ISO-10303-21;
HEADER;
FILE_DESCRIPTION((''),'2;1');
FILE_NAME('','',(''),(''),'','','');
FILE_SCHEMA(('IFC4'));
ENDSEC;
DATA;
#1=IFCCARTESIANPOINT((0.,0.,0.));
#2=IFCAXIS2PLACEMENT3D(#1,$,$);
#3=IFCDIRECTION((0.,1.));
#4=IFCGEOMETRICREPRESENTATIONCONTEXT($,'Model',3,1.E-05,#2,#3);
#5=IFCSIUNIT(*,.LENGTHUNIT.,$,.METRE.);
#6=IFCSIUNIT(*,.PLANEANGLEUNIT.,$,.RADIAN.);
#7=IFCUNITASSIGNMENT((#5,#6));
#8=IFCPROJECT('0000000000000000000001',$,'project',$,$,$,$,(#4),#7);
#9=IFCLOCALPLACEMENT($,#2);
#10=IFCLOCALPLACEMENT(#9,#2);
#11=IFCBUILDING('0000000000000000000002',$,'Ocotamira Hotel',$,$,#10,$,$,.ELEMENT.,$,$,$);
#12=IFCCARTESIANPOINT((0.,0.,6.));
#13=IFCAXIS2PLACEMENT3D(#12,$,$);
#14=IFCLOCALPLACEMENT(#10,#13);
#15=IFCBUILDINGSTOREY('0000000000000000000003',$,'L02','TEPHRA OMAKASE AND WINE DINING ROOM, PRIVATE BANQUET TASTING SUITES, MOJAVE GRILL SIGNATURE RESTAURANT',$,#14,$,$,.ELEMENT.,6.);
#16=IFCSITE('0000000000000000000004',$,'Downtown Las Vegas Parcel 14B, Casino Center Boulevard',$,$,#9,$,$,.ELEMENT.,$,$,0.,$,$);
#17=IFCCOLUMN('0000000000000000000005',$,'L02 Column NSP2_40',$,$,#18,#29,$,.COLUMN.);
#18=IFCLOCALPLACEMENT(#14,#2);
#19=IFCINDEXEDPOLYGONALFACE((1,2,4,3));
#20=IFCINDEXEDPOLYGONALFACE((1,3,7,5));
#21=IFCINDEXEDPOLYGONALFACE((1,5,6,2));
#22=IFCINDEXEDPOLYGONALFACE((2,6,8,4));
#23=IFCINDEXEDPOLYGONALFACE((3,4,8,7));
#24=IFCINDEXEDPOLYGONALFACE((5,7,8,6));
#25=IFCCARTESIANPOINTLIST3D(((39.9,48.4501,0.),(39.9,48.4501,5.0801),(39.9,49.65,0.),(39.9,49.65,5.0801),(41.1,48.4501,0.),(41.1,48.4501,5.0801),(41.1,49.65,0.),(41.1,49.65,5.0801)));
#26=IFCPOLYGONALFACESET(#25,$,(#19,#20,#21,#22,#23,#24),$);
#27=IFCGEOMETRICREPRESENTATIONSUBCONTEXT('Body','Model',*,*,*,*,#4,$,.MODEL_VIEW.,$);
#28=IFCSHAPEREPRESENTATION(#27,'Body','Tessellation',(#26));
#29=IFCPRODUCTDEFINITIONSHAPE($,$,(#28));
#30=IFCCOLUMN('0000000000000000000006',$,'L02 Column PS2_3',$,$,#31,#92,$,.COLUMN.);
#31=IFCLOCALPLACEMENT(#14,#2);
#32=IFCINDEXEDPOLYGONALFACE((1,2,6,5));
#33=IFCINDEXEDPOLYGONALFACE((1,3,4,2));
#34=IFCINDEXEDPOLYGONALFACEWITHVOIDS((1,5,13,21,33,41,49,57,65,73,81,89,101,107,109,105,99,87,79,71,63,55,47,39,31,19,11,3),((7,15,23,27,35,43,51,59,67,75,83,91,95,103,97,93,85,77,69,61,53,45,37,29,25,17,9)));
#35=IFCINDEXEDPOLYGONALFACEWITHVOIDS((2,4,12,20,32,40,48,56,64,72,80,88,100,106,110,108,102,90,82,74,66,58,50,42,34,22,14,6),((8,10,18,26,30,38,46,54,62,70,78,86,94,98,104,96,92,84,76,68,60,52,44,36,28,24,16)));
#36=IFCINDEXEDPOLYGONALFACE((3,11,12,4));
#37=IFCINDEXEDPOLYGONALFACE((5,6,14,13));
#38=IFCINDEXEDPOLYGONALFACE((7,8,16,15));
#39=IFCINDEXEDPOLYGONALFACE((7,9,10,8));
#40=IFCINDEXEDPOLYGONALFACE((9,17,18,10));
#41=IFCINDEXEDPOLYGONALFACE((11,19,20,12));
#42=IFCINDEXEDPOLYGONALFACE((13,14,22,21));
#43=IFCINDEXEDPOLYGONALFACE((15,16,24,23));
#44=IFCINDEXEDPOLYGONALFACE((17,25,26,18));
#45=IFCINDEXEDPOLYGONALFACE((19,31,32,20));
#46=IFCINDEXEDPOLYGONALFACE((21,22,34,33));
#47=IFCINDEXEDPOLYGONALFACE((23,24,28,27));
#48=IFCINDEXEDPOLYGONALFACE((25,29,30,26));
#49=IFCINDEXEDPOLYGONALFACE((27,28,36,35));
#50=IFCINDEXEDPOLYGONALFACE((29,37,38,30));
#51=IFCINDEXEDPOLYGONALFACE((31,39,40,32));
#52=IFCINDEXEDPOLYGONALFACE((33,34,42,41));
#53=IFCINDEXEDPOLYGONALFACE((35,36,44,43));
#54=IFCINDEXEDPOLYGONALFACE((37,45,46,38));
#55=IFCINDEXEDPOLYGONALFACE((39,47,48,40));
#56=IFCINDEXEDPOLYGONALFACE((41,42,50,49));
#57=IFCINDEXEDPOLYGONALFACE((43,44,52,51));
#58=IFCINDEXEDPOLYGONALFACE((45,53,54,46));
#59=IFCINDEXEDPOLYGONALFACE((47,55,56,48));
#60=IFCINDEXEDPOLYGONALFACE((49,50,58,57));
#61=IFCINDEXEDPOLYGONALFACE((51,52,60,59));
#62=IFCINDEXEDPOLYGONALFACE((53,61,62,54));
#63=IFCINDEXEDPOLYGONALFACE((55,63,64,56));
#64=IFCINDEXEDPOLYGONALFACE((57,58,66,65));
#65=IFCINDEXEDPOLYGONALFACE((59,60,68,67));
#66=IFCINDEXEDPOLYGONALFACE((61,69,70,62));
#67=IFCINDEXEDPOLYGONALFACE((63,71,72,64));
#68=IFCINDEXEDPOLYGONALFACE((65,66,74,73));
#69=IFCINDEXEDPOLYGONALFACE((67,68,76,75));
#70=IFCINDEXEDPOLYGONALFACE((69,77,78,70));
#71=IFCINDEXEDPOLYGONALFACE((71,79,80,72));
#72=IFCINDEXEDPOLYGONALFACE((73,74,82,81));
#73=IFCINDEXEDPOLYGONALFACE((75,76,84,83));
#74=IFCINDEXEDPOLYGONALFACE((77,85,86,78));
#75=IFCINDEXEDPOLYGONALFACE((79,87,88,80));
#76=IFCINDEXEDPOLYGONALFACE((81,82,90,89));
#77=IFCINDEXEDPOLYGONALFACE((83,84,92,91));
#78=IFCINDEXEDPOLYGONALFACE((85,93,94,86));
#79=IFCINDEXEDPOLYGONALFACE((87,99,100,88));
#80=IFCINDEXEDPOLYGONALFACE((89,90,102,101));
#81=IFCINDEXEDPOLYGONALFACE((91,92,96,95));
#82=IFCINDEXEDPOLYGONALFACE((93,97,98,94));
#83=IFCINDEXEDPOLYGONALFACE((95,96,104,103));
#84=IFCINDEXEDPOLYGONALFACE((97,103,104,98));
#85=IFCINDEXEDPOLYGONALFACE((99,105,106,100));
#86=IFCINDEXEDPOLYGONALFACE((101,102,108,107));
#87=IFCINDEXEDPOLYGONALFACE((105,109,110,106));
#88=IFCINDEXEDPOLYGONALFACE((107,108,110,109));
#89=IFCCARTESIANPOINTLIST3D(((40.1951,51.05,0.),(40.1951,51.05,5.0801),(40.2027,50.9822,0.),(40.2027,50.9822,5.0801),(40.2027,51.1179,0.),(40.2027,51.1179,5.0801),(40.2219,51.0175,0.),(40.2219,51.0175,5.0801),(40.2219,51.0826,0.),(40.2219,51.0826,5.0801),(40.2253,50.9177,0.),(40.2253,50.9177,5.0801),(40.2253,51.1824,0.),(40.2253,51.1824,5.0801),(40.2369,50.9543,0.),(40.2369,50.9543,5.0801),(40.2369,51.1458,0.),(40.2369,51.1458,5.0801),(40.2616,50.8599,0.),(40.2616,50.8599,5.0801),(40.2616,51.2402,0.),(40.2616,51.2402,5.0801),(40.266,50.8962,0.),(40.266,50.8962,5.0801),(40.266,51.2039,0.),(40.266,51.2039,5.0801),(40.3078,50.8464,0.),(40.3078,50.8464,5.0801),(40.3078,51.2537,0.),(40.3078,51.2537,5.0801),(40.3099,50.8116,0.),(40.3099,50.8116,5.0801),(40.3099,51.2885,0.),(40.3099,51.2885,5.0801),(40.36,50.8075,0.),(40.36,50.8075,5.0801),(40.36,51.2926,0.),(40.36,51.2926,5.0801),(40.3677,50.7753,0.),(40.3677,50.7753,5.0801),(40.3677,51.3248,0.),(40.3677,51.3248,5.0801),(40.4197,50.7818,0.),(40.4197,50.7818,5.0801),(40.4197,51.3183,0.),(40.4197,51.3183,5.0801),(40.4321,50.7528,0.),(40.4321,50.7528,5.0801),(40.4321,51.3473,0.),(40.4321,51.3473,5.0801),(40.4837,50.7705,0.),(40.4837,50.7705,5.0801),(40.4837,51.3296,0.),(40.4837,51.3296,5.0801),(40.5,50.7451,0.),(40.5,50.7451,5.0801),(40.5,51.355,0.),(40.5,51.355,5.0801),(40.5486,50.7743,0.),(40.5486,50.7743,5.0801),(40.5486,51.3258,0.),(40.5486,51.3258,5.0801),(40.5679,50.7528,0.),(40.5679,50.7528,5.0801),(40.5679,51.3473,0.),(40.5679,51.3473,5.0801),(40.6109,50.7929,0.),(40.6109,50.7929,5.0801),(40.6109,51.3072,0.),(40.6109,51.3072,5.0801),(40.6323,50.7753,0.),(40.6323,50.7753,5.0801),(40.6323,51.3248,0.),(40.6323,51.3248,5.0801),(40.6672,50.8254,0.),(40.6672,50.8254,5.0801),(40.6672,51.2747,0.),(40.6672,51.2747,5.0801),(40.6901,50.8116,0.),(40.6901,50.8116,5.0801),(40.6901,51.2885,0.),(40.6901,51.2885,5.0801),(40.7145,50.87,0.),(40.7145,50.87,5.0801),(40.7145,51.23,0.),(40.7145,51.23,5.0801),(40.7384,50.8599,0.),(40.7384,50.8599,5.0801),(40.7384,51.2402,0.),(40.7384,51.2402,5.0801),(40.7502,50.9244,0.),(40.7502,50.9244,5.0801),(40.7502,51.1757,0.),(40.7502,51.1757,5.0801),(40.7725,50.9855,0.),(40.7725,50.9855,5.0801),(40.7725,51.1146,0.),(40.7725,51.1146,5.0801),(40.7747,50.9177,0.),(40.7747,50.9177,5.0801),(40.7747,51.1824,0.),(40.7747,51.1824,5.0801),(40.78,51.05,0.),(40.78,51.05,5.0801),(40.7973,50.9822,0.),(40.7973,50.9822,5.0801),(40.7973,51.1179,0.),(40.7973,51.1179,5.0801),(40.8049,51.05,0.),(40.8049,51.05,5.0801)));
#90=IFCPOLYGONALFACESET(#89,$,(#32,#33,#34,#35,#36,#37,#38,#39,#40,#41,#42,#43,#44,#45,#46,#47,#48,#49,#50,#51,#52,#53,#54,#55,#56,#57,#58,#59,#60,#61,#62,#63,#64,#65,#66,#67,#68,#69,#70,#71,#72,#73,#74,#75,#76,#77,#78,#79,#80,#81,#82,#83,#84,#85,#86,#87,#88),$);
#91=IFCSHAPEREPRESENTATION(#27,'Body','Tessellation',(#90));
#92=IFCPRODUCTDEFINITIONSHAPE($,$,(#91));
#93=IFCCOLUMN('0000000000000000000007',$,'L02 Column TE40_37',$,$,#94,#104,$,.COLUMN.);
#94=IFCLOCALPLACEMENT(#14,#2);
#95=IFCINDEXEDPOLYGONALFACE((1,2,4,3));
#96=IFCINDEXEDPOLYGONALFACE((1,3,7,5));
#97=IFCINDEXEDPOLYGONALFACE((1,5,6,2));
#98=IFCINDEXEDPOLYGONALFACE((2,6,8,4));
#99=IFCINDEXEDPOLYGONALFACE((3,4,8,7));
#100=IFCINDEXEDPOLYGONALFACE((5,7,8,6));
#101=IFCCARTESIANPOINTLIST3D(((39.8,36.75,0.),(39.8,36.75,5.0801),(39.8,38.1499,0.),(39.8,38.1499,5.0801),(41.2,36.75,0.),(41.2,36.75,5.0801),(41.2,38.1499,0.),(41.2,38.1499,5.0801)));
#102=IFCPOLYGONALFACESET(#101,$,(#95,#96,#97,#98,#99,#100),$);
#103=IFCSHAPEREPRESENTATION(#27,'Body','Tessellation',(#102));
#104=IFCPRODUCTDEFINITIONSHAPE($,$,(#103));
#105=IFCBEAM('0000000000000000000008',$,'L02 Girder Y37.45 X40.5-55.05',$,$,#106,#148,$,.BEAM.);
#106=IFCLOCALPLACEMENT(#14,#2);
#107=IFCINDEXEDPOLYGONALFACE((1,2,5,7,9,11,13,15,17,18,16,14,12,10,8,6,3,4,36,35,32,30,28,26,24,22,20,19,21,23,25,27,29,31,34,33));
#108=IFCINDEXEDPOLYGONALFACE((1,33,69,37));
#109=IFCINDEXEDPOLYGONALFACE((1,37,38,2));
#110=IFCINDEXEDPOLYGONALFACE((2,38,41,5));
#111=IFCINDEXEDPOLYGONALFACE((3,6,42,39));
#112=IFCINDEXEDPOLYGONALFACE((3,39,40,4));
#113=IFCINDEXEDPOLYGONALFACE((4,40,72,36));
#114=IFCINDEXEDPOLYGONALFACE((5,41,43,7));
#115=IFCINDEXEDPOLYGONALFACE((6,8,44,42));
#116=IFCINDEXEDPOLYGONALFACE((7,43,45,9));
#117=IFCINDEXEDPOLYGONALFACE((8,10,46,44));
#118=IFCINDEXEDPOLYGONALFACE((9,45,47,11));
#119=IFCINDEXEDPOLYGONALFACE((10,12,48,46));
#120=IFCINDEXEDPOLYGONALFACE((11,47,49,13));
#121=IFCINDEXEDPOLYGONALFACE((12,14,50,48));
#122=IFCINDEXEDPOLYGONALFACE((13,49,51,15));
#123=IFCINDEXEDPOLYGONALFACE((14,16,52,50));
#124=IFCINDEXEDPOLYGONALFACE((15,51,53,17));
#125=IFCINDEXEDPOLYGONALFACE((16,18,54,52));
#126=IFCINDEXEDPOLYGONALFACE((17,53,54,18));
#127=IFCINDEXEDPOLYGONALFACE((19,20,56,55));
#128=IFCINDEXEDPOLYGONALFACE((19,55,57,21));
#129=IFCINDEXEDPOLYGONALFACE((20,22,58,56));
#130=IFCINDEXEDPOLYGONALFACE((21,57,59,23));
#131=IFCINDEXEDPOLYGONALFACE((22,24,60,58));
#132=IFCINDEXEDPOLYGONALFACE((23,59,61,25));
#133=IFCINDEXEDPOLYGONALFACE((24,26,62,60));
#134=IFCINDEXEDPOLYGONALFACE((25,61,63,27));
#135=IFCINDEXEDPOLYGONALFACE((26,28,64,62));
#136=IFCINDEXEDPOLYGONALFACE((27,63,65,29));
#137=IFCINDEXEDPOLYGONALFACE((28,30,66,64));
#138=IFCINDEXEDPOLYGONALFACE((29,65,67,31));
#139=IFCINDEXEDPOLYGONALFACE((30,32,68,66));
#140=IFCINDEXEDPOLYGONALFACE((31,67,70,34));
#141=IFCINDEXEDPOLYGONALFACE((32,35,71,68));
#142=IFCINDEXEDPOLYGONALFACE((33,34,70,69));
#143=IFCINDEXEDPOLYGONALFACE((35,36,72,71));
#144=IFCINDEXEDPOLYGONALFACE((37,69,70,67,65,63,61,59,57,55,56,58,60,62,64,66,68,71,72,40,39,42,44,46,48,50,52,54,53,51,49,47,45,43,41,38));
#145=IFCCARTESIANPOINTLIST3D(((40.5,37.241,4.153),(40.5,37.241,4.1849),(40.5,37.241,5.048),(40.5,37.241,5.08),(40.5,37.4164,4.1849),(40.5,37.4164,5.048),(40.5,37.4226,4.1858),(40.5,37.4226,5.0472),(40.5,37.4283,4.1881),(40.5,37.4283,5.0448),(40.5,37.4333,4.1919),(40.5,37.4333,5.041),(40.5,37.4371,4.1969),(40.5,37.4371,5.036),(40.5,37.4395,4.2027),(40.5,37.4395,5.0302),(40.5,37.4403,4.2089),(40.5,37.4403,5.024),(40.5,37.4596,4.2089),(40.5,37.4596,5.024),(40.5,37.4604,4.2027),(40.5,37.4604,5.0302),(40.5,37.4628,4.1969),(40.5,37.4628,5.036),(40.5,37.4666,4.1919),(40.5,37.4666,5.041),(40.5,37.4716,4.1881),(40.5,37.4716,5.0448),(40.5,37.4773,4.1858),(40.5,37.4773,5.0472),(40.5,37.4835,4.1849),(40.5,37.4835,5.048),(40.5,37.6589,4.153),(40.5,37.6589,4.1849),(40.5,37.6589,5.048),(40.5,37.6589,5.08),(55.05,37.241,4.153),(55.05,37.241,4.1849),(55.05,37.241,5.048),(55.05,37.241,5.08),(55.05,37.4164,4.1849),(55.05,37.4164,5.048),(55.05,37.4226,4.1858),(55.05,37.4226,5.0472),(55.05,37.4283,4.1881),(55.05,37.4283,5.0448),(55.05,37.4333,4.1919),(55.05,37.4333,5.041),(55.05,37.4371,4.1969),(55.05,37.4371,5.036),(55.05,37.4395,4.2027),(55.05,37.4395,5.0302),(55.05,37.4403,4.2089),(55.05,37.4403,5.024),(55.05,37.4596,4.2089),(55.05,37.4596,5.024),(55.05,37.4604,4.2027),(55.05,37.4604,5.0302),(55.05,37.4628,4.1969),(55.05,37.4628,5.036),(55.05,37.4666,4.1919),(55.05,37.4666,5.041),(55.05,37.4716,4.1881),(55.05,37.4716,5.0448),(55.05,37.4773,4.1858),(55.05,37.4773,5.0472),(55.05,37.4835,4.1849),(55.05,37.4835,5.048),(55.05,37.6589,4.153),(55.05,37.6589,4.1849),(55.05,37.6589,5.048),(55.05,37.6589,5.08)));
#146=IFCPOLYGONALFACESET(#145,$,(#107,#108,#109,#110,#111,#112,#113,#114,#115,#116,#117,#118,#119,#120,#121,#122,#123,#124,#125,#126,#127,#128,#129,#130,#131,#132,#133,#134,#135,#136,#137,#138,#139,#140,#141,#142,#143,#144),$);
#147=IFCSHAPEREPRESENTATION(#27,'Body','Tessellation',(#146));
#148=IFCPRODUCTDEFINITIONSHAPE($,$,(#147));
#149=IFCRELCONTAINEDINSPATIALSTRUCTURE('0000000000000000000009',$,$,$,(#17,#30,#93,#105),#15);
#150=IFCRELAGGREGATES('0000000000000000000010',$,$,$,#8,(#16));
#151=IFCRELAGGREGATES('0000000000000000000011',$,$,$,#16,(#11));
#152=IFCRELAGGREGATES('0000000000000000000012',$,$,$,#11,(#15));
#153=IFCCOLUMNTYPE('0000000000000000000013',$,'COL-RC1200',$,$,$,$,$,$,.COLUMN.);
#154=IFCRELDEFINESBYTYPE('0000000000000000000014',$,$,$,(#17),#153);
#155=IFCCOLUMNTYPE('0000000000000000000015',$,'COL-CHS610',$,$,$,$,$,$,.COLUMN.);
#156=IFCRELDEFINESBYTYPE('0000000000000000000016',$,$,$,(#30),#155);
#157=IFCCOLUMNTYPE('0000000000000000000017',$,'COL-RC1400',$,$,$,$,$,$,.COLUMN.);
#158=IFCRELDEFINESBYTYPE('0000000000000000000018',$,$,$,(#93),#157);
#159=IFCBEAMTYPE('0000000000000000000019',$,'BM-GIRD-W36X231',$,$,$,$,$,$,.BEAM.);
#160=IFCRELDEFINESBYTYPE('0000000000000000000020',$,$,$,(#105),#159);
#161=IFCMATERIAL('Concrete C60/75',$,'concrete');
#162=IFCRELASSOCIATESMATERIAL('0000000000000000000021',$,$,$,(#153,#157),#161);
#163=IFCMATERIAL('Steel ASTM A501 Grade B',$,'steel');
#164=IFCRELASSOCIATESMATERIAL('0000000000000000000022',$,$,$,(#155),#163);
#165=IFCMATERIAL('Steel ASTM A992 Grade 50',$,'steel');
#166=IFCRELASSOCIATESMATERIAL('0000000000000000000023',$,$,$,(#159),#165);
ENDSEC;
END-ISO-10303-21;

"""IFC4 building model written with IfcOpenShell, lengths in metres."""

from ifc_helpers import new_model, si_unit, direction, frame, origin, origin_2d, place, context, subcontext, project, spatial, rectangle, hollow_circle, i_section, extrude, source, transform, mapped, material, material_profile, profile_set, type_object, element, save


model = new_model("IFC4")

# Units and contexts
model_context = context("Model", 3, precision=1e-05, world=origin(), true_north=direction((0.0, 1.0)))
body_context = subcontext(model_context, "Body", "Model", "MODEL_VIEW")
ifc_project = project(units=[si_unit("LENGTHUNIT", "METRE"), si_unit("PLANEANGLEUNIT", "RADIAN")], contexts=[model_context])

# Site, building, storey
site_placement = place(None, origin())
site = spatial("IfcSite", under=ifc_project, at=site_placement, Name="Downtown Las Vegas Parcel 14B, Casino Center Boulevard", CompositionType="ELEMENT", RefElevation=0.0)
building_placement = place(site_placement, origin())
building = spatial("IfcBuilding", under=site, at=building_placement, Name="Ocotamira Hotel", CompositionType="ELEMENT")
storey_placement = place(building_placement, frame((0.0, 0.0, 6.0)))
storey = spatial("IfcBuildingStorey", under=building, at=storey_placement, Name="L02", Description="TEPHRA OMAKASE AND WINE DINING ROOM, PRIVATE BANQUET TASTING SUITES, MOJAVE GRILL SIGNATURE RESTAURANT", CompositionType="ELEMENT", Elevation=6.0)

# Columns
ifc_material_1 = material(Name="Concrete C60/75", Category="concrete")
ifc_material_profile_1 = material_profile(ifc_material_1, rectangle(XDim=1.2, YDim=1.2, at=origin_2d()), Name="RC1200X1200")
ifc_profile_set_1 = profile_set([ifc_material_profile_1], Name="Concrete C60/75")
column_type_1 = type_object("IfcColumnType", Name="COL-RC1200", PredefinedType="COLUMN", material=ifc_profile_set_1)
shared_shape_1 = source(origin(), body_context, "Body", "SweptSolid", [
    extrude(rectangle(XDim=1.2, YDim=1.2, at=origin_2d()), origin(), (0.0, 0.0, 1.0), 5.0801),
])
column_1_placement = place(storey_placement, frame((40.5, 49.05, 0.0), z_axis=(0.0, 0.0, 1.0), x_axis=(1.0, 0.0, 0.0)))
element("IfcColumn", 1, at=column_1_placement, inside=storey, type_object=column_type_1, Name="L02 Column NSP2_40", PredefinedType="COLUMN", context=body_context, shape_type="MappedRepresentation", body=[
    mapped(shared_shape_1, transform((0.0, 0.0, 0.0), scale=1.0)),
])
ifc_material_2 = material(Name="Steel ASTM A501 Grade B", Category="steel")
ifc_material_profile_2 = material_profile(ifc_material_2, hollow_circle(Radius=0.3049, WallThickness=0.0249, at=origin_2d()), Name="CHS610X25")
ifc_profile_set_2 = profile_set([ifc_material_profile_2], Name="Steel ASTM A501 Grade B")
column_type_2 = type_object("IfcColumnType", Name="COL-CHS610", PredefinedType="COLUMN", material=ifc_profile_set_2)
shared_shape_2 = source(origin(), body_context, "Body", "SweptSolid", [
    extrude(hollow_circle(Radius=0.3049, WallThickness=0.0249, at=origin_2d()), origin(), (0.0, 0.0, 1.0), 5.0801),
])
column_2_placement = place(storey_placement, frame((40.5, 51.05, 0.0), z_axis=(0.0, 0.0, 1.0), x_axis=(1.0, 0.0, 0.0)))
element("IfcColumn", 2, at=column_2_placement, inside=storey, type_object=column_type_2, Name="L02 Column PS2_3", PredefinedType="COLUMN", context=body_context, shape_type="MappedRepresentation", body=[
    mapped(shared_shape_2, transform((0.0, 0.0, 0.0), scale=1.0)),
])
ifc_material_profile_3 = material_profile(ifc_material_1, rectangle(XDim=1.3999, YDim=1.3999, at=origin_2d()), Name="RC1400X1400")
ifc_profile_set_3 = profile_set([ifc_material_profile_3], Name="Concrete C60/75")
column_type_3 = type_object("IfcColumnType", Name="COL-RC1400", PredefinedType="COLUMN", material=ifc_profile_set_3)
shared_shape_3 = source(origin(), body_context, "Body", "SweptSolid", [
    extrude(rectangle(XDim=1.3999, YDim=1.3999, at=origin_2d()), origin(), (0.0, 0.0, 1.0), 5.0801),
])
column_3_placement = place(storey_placement, frame((40.5, 37.45, 0.0), z_axis=(0.0, 0.0, 1.0), x_axis=(1.0, 0.0, 0.0)))
element("IfcColumn", 3, at=column_3_placement, inside=storey, type_object=column_type_3, Name="L02 Column TE40_37", PredefinedType="COLUMN", context=body_context, shape_type="MappedRepresentation", body=[
    mapped(shared_shape_3, transform((0.0, 0.0, 0.0), scale=1.0)),
])

# Beam
ifc_material_3 = material(Name="Steel ASTM A992 Grade 50", Category="steel")
ifc_material_profile_4 = material_profile(ifc_material_3, i_section(OverallWidth=0.418, OverallDepth=0.927, WebThickness=0.0193, FlangeThickness=0.032, FilletRadius=0.0239, at=origin_2d()), Name="W36X231")
ifc_profile_set_4 = profile_set([ifc_material_profile_4], Name="Steel ASTM A992 Grade 50")
beam_type_1 = type_object("IfcBeamType", Name="BM-GIRD-W36X231", PredefinedType="BEAM", material=ifc_profile_set_4)
shared_shape_4 = source(origin(), body_context, "Body", "SweptSolid", [
    extrude(i_section(OverallWidth=0.418, OverallDepth=0.927, WebThickness=0.0193, FlangeThickness=0.032, FilletRadius=0.0239, at=origin_2d()), origin(), (0.0, 0.0, 1.0), 14.55),
])
for number, where, z_axis, x_axis, name in (
    (4, (40.5, 37.45, 4.6165), (1.0, 0.0, 0.0), (0.0, 1.0, 0.0), "L02 Girder Y37.45 X40.5-55.05"),
):
    element("IfcBeam", number, at=place(storey_placement, frame(where, z_axis=z_axis, x_axis=x_axis)), inside=storey, type_object=beam_type_1, Name=name, PredefinedType="BEAM", context=body_context, shape_type="MappedRepresentation", body=[
        mapped(shared_shape_4, transform((0.0, 0.0, 0.0), scale=1.0)),
    ])

save(model, "model.ifc")
